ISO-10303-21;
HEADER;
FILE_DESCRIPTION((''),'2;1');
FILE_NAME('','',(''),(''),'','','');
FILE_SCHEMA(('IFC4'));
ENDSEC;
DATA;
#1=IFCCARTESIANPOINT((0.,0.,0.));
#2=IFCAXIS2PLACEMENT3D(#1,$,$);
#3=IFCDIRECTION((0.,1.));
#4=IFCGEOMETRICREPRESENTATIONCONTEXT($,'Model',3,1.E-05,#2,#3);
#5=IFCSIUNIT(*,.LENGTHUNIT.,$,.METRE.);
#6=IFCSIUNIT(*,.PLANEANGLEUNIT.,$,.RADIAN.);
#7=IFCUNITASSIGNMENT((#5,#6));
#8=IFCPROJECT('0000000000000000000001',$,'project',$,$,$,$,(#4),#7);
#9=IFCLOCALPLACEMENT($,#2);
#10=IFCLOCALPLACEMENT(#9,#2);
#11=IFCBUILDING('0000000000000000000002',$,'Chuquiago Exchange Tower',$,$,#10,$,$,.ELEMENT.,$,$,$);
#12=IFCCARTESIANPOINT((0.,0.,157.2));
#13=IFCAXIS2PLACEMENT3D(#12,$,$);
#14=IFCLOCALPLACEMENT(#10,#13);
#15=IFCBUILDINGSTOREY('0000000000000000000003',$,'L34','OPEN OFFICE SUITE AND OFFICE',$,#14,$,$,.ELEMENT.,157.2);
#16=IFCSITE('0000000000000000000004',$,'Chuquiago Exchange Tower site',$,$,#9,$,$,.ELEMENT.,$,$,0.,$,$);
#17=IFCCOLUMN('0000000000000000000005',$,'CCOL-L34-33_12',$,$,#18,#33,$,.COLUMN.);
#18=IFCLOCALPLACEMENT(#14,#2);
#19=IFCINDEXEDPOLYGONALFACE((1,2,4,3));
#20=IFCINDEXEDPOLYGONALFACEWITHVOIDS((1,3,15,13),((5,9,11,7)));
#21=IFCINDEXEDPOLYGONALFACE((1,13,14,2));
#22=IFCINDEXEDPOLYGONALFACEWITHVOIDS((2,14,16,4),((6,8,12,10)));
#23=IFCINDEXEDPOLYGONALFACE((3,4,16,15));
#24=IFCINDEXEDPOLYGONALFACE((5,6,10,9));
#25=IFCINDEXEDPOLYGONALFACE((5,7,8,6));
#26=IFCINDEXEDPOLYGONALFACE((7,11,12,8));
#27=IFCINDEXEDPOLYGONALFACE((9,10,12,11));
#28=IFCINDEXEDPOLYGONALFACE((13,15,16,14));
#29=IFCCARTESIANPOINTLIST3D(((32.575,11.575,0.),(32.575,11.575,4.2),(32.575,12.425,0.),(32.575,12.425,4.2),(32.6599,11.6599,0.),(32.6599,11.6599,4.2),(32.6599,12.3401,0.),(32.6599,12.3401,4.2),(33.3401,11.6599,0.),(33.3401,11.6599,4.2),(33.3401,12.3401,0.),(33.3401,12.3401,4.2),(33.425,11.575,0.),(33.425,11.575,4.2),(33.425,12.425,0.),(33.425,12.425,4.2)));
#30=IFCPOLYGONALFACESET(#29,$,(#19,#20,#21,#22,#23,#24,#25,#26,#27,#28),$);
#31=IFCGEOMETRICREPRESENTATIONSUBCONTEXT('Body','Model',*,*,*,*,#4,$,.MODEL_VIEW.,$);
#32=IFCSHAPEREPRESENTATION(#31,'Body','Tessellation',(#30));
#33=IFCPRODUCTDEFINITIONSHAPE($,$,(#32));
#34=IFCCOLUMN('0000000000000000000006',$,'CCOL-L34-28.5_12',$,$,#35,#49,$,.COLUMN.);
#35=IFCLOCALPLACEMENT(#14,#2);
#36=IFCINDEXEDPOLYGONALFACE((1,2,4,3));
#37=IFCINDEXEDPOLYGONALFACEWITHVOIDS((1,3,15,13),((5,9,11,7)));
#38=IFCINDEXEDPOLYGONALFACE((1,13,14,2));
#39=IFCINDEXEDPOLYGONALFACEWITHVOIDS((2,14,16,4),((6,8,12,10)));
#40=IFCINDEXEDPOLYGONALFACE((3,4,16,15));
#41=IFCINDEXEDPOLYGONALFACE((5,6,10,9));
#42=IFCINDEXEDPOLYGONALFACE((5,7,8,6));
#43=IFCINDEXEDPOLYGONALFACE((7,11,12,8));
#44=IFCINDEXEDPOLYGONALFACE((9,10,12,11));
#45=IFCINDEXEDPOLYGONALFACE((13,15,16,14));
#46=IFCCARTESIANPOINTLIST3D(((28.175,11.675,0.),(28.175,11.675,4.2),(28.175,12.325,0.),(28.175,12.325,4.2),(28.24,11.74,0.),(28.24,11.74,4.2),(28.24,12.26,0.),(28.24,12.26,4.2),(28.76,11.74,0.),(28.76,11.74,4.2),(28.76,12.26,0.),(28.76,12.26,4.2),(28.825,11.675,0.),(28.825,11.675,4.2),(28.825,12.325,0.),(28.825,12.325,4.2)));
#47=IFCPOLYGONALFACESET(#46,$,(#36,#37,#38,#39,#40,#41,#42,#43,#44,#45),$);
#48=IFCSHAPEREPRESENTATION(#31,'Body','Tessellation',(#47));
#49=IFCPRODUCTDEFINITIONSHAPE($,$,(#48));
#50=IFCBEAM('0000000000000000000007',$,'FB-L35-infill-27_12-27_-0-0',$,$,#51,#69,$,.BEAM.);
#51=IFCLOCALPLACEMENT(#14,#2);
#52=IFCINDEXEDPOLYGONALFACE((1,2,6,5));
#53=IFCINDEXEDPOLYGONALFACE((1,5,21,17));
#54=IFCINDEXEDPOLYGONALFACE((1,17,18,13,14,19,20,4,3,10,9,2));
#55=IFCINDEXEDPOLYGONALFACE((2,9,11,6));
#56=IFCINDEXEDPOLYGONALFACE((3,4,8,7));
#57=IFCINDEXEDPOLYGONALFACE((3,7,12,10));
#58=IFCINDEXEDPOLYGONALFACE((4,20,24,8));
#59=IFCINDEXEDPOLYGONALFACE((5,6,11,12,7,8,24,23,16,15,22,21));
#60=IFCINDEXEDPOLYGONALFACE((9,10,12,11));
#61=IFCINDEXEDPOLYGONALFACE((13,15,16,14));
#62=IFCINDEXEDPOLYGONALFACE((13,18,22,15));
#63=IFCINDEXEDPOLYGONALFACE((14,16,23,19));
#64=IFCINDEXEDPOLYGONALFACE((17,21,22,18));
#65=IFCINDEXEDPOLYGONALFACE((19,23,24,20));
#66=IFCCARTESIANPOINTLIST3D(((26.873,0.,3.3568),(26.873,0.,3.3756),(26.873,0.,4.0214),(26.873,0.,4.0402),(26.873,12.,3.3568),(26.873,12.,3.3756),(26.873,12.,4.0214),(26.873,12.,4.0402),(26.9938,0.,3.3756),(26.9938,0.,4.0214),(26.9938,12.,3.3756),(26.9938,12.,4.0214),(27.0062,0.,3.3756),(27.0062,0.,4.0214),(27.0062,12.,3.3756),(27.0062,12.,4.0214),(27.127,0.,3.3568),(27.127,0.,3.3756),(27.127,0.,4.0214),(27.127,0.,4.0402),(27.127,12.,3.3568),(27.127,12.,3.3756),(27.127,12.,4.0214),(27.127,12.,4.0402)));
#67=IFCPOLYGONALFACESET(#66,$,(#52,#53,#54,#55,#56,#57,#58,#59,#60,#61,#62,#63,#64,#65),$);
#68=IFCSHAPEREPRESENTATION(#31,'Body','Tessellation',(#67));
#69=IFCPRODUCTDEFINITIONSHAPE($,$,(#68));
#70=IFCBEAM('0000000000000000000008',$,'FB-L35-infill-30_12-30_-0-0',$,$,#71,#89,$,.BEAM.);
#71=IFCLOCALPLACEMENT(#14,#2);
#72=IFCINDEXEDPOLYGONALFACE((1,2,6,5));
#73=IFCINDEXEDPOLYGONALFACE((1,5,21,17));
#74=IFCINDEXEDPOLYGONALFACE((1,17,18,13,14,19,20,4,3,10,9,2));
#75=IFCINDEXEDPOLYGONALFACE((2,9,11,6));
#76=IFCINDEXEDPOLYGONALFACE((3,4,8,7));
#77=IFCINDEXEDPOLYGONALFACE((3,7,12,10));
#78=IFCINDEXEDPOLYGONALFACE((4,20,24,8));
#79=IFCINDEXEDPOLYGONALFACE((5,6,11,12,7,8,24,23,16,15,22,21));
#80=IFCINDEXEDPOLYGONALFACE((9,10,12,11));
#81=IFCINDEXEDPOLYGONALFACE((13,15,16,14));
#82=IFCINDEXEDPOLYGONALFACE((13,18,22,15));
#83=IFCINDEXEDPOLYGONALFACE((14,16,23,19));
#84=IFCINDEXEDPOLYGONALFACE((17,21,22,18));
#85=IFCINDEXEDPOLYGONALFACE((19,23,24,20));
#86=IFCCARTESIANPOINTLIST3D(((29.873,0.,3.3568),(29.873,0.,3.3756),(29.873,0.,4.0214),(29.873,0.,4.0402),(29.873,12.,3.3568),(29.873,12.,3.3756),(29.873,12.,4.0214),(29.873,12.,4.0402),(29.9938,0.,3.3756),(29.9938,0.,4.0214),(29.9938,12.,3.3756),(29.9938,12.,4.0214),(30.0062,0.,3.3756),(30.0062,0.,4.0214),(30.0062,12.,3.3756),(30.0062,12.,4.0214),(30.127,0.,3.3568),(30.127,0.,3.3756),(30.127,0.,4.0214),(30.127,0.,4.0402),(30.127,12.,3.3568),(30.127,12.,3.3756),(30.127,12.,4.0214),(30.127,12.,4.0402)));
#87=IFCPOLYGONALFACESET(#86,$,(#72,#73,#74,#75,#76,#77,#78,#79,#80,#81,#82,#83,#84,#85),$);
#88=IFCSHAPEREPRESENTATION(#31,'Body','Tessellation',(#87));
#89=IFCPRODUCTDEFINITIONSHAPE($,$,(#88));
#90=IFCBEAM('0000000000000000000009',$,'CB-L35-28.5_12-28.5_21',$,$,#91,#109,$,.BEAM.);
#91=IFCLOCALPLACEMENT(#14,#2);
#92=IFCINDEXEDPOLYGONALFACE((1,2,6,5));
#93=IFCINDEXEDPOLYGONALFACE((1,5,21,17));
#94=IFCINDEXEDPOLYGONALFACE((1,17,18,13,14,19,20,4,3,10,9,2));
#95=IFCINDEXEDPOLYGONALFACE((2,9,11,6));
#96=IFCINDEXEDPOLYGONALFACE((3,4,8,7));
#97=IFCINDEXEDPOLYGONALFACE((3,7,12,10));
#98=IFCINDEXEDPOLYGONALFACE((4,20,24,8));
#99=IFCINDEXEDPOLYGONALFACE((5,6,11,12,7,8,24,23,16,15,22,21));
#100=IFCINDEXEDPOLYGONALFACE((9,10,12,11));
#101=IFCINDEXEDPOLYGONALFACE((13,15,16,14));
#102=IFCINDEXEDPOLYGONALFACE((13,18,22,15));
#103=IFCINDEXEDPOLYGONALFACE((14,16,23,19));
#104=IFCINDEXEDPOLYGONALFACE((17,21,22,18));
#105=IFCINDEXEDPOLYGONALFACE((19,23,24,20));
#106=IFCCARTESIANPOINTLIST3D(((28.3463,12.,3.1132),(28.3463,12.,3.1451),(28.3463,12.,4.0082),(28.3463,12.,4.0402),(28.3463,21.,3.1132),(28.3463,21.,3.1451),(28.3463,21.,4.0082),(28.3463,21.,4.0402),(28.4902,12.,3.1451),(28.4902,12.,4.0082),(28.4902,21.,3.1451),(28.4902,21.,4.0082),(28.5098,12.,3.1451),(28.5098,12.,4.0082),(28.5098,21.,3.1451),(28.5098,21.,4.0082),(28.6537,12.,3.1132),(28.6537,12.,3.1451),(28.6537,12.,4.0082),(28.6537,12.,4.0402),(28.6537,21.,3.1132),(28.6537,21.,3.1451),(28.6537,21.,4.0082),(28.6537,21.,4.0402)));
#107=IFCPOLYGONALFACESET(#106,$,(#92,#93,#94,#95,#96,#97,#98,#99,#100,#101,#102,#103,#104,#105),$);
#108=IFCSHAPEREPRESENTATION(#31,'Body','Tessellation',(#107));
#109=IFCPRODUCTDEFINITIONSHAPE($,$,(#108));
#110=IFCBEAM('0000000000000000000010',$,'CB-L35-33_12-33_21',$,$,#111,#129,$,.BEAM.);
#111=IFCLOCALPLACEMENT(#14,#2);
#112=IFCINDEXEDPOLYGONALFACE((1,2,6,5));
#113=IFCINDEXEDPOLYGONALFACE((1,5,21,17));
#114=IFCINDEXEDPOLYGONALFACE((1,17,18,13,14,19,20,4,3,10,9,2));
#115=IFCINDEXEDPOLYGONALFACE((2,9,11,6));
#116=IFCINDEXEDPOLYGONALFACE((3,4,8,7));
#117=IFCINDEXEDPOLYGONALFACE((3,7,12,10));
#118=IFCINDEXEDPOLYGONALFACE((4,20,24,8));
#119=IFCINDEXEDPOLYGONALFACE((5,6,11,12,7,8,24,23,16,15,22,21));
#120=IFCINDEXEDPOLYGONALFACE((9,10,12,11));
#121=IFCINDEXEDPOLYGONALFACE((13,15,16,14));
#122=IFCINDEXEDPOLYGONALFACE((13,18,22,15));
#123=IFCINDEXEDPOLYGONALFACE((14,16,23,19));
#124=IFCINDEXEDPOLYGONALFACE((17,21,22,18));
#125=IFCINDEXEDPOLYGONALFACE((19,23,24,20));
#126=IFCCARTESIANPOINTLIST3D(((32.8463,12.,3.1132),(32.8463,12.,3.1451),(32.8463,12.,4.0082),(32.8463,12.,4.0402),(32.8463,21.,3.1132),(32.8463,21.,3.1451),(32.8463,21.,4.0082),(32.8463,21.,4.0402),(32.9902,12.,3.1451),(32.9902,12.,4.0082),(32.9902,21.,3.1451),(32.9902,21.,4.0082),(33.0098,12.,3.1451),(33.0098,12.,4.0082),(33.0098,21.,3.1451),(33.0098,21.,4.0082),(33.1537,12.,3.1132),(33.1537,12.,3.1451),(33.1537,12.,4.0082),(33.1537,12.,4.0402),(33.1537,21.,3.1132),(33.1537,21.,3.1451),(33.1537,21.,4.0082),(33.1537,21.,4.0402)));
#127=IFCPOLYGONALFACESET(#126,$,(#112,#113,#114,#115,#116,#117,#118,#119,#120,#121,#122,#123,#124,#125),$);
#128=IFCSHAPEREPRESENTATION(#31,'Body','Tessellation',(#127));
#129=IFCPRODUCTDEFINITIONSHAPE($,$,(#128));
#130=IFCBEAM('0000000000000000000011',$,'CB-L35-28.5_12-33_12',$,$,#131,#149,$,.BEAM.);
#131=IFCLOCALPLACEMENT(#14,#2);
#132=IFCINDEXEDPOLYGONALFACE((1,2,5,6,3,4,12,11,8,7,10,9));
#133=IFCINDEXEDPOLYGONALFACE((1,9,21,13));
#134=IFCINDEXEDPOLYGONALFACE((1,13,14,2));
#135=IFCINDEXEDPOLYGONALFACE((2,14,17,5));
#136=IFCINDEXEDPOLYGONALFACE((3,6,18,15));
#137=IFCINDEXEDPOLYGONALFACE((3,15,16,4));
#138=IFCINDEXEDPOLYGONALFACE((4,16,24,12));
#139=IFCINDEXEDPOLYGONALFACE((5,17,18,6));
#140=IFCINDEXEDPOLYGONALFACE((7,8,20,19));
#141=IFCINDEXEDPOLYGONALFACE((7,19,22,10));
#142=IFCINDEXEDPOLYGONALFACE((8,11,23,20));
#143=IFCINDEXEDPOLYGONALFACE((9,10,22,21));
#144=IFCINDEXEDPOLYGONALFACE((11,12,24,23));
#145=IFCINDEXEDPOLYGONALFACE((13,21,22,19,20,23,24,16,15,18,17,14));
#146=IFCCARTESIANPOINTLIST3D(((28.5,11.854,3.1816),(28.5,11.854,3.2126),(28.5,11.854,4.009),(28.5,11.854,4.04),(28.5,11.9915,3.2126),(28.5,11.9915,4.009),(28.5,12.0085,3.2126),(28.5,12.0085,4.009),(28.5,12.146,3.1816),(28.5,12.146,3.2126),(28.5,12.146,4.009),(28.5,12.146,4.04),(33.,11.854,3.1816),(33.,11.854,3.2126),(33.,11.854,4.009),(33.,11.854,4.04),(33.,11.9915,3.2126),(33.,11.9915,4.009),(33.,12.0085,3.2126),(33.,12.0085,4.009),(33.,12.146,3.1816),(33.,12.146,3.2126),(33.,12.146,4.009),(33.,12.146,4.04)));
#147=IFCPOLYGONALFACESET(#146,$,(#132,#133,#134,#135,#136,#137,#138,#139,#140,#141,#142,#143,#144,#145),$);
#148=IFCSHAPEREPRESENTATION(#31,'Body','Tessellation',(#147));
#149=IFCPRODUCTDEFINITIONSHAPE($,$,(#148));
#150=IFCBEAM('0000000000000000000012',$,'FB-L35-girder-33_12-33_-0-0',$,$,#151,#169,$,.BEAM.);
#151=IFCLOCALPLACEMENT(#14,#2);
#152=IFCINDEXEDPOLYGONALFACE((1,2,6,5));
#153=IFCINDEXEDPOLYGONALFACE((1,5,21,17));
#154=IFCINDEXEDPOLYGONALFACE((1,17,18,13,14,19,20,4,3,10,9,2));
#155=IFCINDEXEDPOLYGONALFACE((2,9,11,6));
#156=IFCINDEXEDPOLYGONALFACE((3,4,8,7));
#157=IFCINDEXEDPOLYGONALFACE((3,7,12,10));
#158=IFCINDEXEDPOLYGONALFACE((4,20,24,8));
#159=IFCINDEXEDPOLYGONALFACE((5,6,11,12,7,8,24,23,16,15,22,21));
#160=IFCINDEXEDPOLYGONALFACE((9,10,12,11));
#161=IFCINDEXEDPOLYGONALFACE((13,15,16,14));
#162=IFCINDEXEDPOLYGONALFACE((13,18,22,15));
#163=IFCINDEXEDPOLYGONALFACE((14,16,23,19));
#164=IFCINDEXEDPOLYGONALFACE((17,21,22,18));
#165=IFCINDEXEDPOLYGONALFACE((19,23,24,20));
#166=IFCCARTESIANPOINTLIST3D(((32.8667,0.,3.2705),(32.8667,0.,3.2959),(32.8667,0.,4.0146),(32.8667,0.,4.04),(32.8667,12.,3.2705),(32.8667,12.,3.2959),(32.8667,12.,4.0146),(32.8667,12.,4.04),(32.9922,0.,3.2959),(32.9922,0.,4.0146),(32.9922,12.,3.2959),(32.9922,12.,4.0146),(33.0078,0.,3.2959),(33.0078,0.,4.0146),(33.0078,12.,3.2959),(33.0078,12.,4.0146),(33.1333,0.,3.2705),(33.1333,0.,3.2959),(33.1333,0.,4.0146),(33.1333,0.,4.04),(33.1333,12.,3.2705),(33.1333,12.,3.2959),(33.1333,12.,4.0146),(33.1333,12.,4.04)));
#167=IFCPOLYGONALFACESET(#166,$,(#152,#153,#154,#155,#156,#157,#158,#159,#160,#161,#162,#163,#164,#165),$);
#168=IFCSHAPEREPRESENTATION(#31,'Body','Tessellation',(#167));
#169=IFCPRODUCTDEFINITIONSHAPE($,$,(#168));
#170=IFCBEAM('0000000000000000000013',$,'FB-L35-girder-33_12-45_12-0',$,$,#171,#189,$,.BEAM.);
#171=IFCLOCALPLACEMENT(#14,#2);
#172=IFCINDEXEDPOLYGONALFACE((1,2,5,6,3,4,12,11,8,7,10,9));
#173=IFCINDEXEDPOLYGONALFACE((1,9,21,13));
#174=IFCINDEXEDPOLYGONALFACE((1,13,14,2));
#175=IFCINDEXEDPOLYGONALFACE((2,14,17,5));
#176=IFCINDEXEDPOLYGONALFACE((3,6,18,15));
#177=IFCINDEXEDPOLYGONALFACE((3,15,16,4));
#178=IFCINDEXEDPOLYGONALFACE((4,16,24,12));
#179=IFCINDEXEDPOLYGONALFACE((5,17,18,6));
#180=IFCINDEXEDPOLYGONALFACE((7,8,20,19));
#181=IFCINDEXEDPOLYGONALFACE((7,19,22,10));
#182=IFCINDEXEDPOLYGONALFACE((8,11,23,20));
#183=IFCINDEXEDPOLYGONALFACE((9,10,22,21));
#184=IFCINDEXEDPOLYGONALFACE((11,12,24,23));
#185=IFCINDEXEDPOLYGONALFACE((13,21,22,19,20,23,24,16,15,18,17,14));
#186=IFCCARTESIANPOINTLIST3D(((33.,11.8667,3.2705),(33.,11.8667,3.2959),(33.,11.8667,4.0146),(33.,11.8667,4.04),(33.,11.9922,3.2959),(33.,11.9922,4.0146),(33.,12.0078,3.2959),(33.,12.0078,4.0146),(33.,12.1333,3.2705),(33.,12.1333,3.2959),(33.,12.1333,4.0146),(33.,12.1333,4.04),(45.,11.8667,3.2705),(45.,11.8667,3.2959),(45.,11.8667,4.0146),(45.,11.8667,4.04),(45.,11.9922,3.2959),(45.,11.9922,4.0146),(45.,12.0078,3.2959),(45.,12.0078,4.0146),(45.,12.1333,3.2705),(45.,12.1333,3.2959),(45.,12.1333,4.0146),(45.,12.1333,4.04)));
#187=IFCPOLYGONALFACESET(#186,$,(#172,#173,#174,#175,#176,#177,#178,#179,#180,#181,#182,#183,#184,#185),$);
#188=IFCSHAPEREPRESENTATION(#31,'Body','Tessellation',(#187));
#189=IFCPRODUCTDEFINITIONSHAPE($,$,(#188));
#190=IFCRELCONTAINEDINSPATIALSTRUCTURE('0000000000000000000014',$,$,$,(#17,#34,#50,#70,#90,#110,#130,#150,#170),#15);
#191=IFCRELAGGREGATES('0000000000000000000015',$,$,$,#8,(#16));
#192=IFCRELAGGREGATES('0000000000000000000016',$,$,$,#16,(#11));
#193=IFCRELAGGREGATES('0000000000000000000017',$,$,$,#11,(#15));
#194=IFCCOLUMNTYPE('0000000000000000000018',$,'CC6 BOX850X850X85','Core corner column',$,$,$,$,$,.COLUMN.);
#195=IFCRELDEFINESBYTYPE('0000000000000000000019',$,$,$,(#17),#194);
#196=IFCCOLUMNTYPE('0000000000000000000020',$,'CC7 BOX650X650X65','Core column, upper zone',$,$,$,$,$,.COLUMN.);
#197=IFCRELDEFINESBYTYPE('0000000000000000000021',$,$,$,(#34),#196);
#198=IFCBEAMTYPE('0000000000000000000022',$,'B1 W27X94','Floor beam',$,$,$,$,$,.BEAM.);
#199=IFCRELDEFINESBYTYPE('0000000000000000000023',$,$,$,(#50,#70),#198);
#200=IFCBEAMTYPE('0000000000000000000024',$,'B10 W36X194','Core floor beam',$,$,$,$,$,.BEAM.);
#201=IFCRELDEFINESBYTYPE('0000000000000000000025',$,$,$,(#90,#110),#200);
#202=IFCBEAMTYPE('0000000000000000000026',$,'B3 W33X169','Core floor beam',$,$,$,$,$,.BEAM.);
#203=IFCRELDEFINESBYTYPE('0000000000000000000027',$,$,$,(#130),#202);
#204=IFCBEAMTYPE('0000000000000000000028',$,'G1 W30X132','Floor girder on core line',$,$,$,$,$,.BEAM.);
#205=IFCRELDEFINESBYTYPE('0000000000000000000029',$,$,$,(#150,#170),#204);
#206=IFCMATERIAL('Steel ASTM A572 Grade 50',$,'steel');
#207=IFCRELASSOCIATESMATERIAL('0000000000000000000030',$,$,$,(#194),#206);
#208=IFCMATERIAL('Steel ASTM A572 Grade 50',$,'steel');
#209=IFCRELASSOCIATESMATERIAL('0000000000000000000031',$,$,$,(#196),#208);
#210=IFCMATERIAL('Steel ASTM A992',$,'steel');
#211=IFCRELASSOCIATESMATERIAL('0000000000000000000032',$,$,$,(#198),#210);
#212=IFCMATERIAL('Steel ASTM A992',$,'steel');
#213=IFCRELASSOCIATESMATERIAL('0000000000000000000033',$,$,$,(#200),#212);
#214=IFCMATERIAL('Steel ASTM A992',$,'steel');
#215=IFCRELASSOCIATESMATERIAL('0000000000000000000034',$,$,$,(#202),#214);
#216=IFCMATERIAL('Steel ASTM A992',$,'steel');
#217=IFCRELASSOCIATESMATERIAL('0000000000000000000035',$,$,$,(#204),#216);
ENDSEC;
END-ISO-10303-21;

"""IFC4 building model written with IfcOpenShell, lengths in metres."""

from ifc_helpers import new_model, si_unit, direction, frame, origin, origin_2d, place, context, subcontext, project, spatial, hollow_rectangle, i_section, extrude, material, material_profile, profile_set, type_object, element, save


model = new_model("IFC4")

# Units and contexts
model_context = context("Model", 3, precision=1e-05, world=origin(), true_north=direction((0.0, 1.0)))
body_context = subcontext(model_context, "Body", "Model", "MODEL_VIEW")
ifc_project = project(units=[si_unit("LENGTHUNIT", "METRE"), si_unit("PLANEANGLEUNIT", "RADIAN")], contexts=[model_context])

# Site, building, storey
site_placement = place(None, origin())
site = spatial("IfcSite", under=ifc_project, at=site_placement, Name="Chuquiago Exchange Tower site", CompositionType="ELEMENT", RefElevation=0.0)
building_placement = place(site_placement, origin())
building = spatial("IfcBuilding", under=site, at=building_placement, Name="Chuquiago Exchange Tower", CompositionType="ELEMENT")
storey_placement = place(building_placement, frame((0.0, 0.0, 157.2)))
storey = spatial("IfcBuildingStorey", under=building, at=storey_placement, Name="L34", Description="OPEN OFFICE SUITE AND OFFICE", CompositionType="ELEMENT", Elevation=157.2)

# Columns
ifc_material_1 = material(Name="Steel ASTM A572 Grade 50", Category="steel")
ifc_material_profile_1 = material_profile(ifc_material_1, hollow_rectangle(XDim=0.8501, YDim=0.8501, WallThickness=0.085, at=origin_2d()), Name="BOX850X850X85")
ifc_profile_set_1 = profile_set([ifc_material_profile_1], Name="Steel ASTM A572 Grade 50")
column_type_1 = type_object("IfcColumnType", Name="CC6 BOX850X850X85", Description="Core corner column", PredefinedType="COLUMN", material=ifc_profile_set_1)
column_1_placement = place(storey_placement, frame((33.0, 12.0, 0.0), z_axis=(0.0, 0.0, 1.0), x_axis=(1.0, 0.0, 0.0)))
element("IfcColumn", 1, at=column_1_placement, inside=storey, type_object=column_type_1, Name="CCOL-L34-33_12", PredefinedType="COLUMN", context=body_context, shape_type="SweptSolid", body=[
    extrude(hollow_rectangle(XDim=0.8501, YDim=0.8501, WallThickness=0.085, at=origin_2d()), origin(), (0.0, 0.0, 1.0), 4.2),
])
ifc_material_2 = material(Name="Steel ASTM A572 Grade 50", Category="steel")
ifc_material_profile_2 = material_profile(ifc_material_2, hollow_rectangle(XDim=0.6499, YDim=0.6499, WallThickness=0.0649, at=origin_2d()), Name="BOX650X650X65")
ifc_profile_set_2 = profile_set([ifc_material_profile_2], Name="Steel ASTM A572 Grade 50")
column_type_2 = type_object("IfcColumnType", Name="CC7 BOX650X650X65", Description="Core column, upper zone", PredefinedType="COLUMN", material=ifc_profile_set_2)
column_2_placement = place(storey_placement, frame((28.5, 12.0, 0.0), z_axis=(0.0, 0.0, 1.0), x_axis=(1.0, 0.0, 0.0)))
element("IfcColumn", 2, at=column_2_placement, inside=storey, type_object=column_type_2, Name="CCOL-L34-28.5_12", PredefinedType="COLUMN", context=body_context, shape_type="SweptSolid", body=[
    extrude(hollow_rectangle(XDim=0.6499, YDim=0.6499, WallThickness=0.0649, at=origin_2d()), origin(), (0.0, 0.0, 1.0), 4.2),
])

# Beams
ifc_material_3 = material(Name="Steel ASTM A992", Category="steel")
ifc_material_profile_3 = material_profile(ifc_material_3, i_section(OverallWidth=0.2539, OverallDepth=0.6833, WebThickness=0.0125, FlangeThickness=0.0188, at=origin_2d()), Name="W27X94")
ifc_profile_set_3 = profile_set([ifc_material_profile_3], Name="Steel ASTM A992")
beam_type_1 = type_object("IfcBeamType", Name="B1 W27X94", Description="Floor beam", PredefinedType="BEAM", material=ifc_profile_set_3)
for number, where, z_axis, x_axis, name in (
    (3, (27.0, 12.0, 3.6985), (0.0, -1.0, 0.0), (1.0, 0.0, 0.0), "FB-L35-infill-27_12-27_-0-0"),
    (4, (30.0, 12.0, 3.6985), (0.0, -1.0, 0.0), (1.0, 0.0, 0.0), "FB-L35-infill-30_12-30_-0-0"),
):
    element("IfcBeam", number, at=place(storey_placement, frame(where, z_axis=z_axis, x_axis=x_axis)), inside=storey, type_object=beam_type_1, Name=name, PredefinedType="BEAM", context=body_context, shape_type="SweptSolid", body=[
        extrude(i_section(OverallWidth=0.2539, OverallDepth=0.6833, WebThickness=0.0125, FlangeThickness=0.0188, at=origin_2d()), origin(), (0.0, 0.0, 1.0), 12.0),
    ])
ifc_material_4 = material(Name="Steel ASTM A992", Category="steel")
ifc_material_profile_4 = material_profile(ifc_material_4, i_section(OverallWidth=0.3074, OverallDepth=0.927, WebThickness=0.0195, FlangeThickness=0.032, at=origin_2d()), Name="W36X194")
ifc_profile_set_4 = profile_set([ifc_material_profile_4], Name="Steel ASTM A992")
beam_type_2 = type_object("IfcBeamType", Name="B10 W36X194", Description="Core floor beam", PredefinedType="BEAM", material=ifc_profile_set_4)
for number, where, z_axis, x_axis, name in (
    (5, (28.5, 12.0, 3.5767), (0.0, 1.0, 0.0), (-1.0, 0.0, 0.0), "CB-L35-28.5_12-28.5_21"),
    (6, (33.0, 12.0, 3.5767), (0.0, 1.0, 0.0), (-1.0, 0.0, 0.0), "CB-L35-33_12-33_21"),
):
    element("IfcBeam", number, at=place(storey_placement, frame(where, z_axis=z_axis, x_axis=x_axis)), inside=storey, type_object=beam_type_2, Name=name, PredefinedType="BEAM", context=body_context, shape_type="SweptSolid", body=[
        extrude(i_section(OverallWidth=0.3074, OverallDepth=0.927, WebThickness=0.0195, FlangeThickness=0.032, at=origin_2d()), origin(), (0.0, 0.0, 1.0), 9.0),
    ])
ifc_material_5 = material(Name="Steel ASTM A992", Category="steel")
ifc_material_profile_5 = material_profile(ifc_material_5, i_section(OverallWidth=0.292, OverallDepth=0.8584, WebThickness=0.0171, FlangeThickness=0.031, at=origin_2d()), Name="W33X169")
ifc_profile_set_5 = profile_set([ifc_material_profile_5], Name="Steel ASTM A992")
beam_type_3 = type_object("IfcBeamType", Name="B3 W33X169", Description="Core floor beam", PredefinedType="BEAM", material=ifc_profile_set_5)
beam_placement = place(storey_placement, frame((28.5, 12.0, 3.6108), z_axis=(1.0, 0.0, 0.0), x_axis=(0.0, 1.0, 0.0)))
element("IfcBeam", 7, at=beam_placement, inside=storey, type_object=beam_type_3, Name="CB-L35-28.5_12-33_12", PredefinedType="BEAM", context=body_context, shape_type="SweptSolid", body=[
    extrude(i_section(OverallWidth=0.292, OverallDepth=0.8584, WebThickness=0.0171, FlangeThickness=0.031, at=origin_2d()), origin(), (0.0, 0.0, 1.0), 4.5),
])
ifc_material_6 = material(Name="Steel ASTM A992", Category="steel")
ifc_material_profile_6 = material_profile(ifc_material_6, i_section(OverallWidth=0.2666, OverallDepth=0.7695, WebThickness=0.0156, FlangeThickness=0.0254, at=origin_2d()), Name="W30X132")
ifc_profile_set_6 = profile_set([ifc_material_profile_6], Name="Steel ASTM A992")
beam_type_4 = type_object("IfcBeamType", Name="G1 W30X132", Description="Floor girder on core line", PredefinedType="BEAM", material=ifc_profile_set_6)
for number, where, z_axis, x_axis, name in (
    (8, (33.0, 12.0, 3.6553), (0.0, -1.0, 0.0), (1.0, 0.0, 0.0), "FB-L35-girder-33_12-33_-0-0"),
    (9, (33.0, 12.0, 3.6553), (1.0, 0.0, 0.0), (0.0, 1.0, 0.0), "FB-L35-girder-33_12-45_12-0"),
):
    element("IfcBeam", number, at=place(storey_placement, frame(where, z_axis=z_axis, x_axis=x_axis)), inside=storey, type_object=beam_type_4, Name=name, PredefinedType="BEAM", context=body_context, shape_type="SweptSolid", body=[
        extrude(i_section(OverallWidth=0.2666, OverallDepth=0.7695, WebThickness=0.0156, FlangeThickness=0.0254, at=origin_2d()), origin(), (0.0, 0.0, 1.0), 12.0),
    ])

save(model, "model.ifc")
